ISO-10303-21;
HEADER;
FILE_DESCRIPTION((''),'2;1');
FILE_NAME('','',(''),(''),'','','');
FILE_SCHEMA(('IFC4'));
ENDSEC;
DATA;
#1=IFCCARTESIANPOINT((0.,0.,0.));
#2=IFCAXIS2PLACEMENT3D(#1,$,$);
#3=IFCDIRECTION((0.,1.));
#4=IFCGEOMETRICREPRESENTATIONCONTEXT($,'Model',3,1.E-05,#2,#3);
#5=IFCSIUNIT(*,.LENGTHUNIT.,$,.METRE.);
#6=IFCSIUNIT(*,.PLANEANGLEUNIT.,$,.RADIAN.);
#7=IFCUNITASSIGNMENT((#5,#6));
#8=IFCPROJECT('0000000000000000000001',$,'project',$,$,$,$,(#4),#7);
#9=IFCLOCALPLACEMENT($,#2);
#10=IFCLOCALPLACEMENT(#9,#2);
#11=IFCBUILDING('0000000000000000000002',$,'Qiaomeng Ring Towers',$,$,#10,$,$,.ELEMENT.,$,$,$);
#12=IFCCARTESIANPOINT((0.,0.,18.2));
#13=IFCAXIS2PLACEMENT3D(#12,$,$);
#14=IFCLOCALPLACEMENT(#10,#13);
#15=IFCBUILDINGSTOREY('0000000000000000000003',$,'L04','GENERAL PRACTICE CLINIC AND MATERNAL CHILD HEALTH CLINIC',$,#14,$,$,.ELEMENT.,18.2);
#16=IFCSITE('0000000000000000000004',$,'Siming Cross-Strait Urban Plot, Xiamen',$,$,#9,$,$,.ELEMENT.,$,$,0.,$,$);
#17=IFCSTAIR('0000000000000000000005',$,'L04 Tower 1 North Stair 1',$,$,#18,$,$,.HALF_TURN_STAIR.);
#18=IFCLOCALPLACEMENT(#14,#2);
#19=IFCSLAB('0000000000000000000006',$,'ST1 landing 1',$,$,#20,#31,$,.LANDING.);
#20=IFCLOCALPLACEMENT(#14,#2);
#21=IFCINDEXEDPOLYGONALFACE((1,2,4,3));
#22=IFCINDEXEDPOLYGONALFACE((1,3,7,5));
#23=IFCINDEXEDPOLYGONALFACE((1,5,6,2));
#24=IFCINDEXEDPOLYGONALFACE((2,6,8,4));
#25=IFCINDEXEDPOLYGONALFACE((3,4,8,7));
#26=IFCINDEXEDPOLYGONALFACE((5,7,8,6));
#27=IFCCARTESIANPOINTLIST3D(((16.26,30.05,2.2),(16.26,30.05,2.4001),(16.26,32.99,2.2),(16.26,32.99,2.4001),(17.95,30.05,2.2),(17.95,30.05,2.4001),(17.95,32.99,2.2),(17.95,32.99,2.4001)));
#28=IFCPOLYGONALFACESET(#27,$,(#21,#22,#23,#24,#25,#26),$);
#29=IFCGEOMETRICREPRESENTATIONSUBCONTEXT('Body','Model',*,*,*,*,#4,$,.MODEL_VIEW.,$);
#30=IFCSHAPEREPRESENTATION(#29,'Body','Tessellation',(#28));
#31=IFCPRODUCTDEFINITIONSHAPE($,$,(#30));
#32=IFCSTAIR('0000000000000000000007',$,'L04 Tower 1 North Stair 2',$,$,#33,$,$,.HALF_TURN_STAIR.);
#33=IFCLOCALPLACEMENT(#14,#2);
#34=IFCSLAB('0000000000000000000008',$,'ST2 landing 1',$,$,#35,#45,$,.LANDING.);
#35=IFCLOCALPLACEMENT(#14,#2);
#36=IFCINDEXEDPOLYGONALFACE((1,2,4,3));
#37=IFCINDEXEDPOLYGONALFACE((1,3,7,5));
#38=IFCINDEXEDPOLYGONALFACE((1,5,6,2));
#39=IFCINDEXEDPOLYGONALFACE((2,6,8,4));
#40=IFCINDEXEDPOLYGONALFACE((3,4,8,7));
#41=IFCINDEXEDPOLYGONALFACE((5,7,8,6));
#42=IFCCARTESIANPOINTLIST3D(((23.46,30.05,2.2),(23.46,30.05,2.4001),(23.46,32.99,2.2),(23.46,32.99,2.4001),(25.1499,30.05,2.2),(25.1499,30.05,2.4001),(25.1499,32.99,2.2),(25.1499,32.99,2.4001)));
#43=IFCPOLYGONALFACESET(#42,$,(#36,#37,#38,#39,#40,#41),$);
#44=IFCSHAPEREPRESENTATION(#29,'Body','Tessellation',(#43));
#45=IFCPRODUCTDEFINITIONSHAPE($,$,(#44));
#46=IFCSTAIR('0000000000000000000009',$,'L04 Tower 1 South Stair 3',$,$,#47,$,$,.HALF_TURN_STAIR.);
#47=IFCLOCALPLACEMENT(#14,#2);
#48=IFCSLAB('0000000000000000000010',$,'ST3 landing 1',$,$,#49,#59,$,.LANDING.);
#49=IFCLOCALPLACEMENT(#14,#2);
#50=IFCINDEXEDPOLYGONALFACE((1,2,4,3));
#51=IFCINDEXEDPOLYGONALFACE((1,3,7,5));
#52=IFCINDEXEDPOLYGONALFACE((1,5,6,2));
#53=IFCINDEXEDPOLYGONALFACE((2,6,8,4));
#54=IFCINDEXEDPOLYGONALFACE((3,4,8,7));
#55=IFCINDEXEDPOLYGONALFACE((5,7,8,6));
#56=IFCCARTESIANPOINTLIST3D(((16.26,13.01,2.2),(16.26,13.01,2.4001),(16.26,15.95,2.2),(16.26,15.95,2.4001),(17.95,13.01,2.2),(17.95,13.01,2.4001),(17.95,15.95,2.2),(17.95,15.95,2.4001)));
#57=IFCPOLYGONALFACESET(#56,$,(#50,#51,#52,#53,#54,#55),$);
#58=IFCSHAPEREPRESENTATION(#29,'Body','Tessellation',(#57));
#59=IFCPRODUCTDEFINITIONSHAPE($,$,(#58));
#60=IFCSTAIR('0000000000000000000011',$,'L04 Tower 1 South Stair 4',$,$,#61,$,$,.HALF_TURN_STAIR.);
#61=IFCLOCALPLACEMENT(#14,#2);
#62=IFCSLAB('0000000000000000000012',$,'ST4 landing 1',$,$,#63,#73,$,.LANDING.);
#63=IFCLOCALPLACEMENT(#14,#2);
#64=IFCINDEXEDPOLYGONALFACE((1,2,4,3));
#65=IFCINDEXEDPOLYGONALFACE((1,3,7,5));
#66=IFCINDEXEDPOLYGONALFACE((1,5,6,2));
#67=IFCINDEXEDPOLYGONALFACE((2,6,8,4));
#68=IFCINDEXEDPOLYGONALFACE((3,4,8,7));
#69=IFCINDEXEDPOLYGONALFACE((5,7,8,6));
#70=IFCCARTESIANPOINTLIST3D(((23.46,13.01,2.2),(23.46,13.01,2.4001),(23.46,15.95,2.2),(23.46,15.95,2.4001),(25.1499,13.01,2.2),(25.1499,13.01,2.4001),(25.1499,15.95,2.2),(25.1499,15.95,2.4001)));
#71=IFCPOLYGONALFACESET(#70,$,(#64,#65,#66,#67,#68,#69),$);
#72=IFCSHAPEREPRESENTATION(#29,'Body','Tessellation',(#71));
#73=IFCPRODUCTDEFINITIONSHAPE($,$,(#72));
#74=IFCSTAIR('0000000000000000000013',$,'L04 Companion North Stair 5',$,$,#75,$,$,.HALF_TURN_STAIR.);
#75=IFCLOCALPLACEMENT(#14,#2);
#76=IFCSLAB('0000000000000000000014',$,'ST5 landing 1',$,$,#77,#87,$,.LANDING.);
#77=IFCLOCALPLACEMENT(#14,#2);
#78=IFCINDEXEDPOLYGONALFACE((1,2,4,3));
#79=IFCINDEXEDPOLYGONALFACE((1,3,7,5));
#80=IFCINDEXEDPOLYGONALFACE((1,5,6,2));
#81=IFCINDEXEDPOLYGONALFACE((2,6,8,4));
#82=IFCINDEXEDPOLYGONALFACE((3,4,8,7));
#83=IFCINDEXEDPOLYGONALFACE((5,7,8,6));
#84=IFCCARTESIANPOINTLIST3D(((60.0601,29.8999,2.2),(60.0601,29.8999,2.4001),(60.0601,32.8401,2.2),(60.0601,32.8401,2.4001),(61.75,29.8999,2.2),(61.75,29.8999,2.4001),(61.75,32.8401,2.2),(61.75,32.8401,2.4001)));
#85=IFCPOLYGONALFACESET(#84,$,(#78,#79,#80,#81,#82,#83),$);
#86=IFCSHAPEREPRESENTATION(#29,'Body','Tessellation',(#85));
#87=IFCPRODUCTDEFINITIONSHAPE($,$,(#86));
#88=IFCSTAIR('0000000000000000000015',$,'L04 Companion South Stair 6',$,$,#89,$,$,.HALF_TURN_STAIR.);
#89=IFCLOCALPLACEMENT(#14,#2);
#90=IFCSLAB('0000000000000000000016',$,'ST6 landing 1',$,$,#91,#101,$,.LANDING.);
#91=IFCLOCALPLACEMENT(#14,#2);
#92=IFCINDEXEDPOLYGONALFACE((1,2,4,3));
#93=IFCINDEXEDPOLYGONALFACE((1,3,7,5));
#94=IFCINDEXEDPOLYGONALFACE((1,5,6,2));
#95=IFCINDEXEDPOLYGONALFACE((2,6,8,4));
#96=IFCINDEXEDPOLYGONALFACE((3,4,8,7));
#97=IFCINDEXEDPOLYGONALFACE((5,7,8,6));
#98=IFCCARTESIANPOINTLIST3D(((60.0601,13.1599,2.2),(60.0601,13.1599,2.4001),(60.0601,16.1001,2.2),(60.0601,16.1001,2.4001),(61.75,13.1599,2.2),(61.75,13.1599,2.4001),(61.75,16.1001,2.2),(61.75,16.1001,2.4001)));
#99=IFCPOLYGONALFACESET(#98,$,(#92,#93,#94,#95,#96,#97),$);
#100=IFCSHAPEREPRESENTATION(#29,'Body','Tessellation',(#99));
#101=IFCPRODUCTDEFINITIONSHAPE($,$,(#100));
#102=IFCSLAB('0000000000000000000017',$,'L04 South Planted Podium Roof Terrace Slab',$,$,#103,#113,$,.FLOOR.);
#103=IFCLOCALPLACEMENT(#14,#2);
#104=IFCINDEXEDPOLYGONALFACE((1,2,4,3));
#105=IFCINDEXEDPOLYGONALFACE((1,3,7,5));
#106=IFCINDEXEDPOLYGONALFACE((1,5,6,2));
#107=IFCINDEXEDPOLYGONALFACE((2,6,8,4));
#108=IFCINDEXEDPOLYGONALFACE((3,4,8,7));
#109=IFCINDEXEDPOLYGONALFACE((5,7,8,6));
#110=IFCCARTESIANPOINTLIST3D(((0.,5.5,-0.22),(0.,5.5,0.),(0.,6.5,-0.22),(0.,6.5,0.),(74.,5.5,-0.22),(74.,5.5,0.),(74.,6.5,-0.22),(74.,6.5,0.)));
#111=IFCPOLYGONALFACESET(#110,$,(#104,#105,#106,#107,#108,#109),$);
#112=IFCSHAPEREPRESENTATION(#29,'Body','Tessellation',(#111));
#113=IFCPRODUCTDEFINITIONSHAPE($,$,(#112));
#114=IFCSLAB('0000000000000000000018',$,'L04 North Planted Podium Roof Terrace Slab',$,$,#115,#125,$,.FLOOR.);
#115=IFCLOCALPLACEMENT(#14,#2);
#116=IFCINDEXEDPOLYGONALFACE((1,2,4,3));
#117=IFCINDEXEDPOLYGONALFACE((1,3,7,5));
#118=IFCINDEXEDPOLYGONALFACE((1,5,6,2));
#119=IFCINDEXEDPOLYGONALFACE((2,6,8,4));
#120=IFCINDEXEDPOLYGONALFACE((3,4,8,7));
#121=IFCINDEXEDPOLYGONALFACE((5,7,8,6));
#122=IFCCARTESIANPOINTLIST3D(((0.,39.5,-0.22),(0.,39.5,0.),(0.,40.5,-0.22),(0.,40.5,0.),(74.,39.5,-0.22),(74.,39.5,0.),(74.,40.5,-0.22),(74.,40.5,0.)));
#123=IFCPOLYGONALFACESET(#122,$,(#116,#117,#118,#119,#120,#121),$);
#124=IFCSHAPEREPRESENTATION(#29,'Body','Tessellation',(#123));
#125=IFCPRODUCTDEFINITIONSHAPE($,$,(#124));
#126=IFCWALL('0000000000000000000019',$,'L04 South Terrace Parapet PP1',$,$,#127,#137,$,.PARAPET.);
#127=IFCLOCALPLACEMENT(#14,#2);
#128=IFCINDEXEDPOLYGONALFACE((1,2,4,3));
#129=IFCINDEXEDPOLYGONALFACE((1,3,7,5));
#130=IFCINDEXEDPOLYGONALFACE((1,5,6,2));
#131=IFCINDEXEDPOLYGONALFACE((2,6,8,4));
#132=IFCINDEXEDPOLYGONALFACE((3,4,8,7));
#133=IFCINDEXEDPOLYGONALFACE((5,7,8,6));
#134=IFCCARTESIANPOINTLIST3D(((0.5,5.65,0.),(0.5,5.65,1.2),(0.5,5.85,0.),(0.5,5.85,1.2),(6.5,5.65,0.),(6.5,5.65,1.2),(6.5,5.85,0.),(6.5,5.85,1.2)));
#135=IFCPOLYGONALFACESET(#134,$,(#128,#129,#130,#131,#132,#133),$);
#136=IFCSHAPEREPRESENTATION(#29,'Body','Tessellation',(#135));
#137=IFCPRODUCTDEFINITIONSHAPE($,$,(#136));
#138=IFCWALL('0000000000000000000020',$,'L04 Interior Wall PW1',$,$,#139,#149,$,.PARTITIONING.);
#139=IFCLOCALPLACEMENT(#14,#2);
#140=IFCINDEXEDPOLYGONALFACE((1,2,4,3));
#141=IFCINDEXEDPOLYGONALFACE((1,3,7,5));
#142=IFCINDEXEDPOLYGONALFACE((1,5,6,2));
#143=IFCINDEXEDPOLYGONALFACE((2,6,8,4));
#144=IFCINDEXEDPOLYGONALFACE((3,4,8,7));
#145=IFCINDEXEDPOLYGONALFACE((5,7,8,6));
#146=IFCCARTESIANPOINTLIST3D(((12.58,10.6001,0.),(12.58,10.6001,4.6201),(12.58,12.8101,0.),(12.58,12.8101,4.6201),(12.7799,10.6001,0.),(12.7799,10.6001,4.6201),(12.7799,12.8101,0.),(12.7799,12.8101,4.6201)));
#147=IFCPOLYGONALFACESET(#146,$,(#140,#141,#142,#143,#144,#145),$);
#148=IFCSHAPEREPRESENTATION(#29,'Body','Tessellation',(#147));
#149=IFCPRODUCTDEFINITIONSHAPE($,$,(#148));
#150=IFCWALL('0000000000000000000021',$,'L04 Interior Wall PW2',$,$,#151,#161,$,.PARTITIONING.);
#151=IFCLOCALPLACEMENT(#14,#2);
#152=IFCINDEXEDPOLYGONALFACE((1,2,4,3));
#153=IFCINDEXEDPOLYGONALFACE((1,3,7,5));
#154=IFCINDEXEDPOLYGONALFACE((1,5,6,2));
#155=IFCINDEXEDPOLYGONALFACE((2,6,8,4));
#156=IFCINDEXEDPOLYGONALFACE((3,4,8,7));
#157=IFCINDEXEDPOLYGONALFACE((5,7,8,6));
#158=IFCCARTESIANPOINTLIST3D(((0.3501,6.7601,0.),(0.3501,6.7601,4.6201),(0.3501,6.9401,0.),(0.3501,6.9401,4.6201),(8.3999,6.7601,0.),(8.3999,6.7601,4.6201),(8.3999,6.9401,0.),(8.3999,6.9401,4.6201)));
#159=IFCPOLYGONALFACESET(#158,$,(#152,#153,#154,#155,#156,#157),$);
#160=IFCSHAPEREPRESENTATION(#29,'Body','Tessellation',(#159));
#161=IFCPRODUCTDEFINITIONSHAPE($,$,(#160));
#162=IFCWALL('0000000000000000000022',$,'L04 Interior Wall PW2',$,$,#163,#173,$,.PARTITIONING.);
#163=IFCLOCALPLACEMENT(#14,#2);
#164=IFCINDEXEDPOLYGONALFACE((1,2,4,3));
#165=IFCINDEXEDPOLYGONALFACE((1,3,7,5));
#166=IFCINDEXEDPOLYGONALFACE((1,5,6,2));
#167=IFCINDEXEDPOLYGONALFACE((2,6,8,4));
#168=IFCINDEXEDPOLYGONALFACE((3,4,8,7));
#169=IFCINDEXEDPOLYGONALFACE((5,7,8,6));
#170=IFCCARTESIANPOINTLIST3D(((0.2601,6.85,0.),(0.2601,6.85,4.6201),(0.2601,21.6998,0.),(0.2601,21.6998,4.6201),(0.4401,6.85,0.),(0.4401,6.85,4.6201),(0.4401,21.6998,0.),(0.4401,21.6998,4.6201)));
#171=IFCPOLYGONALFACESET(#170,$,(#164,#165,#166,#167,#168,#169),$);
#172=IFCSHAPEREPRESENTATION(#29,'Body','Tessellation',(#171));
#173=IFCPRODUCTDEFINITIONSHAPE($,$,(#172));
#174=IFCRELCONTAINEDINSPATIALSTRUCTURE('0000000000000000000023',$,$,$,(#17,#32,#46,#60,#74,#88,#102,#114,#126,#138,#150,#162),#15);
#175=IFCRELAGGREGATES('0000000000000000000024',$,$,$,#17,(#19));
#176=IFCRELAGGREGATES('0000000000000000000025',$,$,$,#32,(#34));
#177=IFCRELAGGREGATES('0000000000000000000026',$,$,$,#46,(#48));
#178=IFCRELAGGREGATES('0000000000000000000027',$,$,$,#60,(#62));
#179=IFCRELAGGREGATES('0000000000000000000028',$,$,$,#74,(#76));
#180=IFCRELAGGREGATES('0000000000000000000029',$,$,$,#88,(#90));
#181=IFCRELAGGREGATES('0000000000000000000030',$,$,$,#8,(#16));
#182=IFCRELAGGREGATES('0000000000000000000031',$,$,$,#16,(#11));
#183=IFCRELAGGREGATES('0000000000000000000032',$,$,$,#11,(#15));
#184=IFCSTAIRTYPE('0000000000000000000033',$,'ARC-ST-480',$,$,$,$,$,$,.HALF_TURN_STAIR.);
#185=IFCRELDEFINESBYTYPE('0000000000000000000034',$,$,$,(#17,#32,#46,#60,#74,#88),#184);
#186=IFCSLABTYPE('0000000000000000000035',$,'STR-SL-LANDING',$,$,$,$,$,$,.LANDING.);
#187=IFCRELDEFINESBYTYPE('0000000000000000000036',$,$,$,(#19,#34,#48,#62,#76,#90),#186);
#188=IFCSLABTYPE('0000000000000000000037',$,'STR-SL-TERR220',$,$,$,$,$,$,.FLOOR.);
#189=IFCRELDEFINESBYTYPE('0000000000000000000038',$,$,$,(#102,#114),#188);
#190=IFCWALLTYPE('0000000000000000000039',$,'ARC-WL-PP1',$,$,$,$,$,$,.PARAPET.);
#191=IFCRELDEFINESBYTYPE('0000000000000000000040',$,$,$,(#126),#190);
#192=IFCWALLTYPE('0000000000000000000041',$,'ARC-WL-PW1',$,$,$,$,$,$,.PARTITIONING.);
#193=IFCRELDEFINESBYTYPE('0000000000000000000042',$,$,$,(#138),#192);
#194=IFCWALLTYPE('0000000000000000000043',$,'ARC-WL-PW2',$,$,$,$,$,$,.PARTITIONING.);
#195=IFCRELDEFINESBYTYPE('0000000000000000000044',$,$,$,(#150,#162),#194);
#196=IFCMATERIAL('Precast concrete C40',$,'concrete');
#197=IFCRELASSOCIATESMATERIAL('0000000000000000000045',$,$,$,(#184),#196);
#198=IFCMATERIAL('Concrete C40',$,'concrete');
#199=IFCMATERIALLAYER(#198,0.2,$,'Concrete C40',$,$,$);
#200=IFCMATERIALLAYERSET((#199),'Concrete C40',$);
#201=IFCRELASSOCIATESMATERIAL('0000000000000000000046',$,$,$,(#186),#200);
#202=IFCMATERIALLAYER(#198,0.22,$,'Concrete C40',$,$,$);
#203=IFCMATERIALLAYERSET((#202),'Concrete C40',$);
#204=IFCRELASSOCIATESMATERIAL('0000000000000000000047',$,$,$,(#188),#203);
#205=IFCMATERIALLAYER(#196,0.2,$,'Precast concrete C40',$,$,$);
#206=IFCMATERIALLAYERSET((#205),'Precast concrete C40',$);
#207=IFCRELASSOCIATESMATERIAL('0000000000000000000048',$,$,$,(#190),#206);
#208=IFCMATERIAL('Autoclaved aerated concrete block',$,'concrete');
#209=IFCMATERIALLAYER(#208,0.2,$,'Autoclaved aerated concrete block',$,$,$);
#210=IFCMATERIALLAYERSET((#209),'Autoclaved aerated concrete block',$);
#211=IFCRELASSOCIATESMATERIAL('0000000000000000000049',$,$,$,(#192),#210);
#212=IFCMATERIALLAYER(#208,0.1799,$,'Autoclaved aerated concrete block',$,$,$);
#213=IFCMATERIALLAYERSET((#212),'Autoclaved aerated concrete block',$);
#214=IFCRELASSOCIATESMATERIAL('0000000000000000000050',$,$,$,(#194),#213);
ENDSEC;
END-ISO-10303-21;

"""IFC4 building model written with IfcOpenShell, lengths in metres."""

from ifc_helpers import new_model, si_unit, direction, frame, frame_2d, origin, place, context, subcontext, project, spatial, polyline, rectangle, outline, extrude, material, layer, layer_set, type_object, element, aggregate, save


model = new_model("IFC4")

# Units and contexts
model_context = context("Model", 3, precision=1e-05, world=origin(), true_north=direction((0.0, 1.0)))
body_context = subcontext(model_context, "Body", "Model", "MODEL_VIEW")
ifc_project = project(units=[si_unit("LENGTHUNIT", "METRE"), si_unit("PLANEANGLEUNIT", "RADIAN")], contexts=[model_context])

# Site, building, storey
site_placement = place(None, origin())
site = spatial("IfcSite", under=ifc_project, at=site_placement, Name="Siming Cross-Strait Urban Plot, Xiamen", CompositionType="ELEMENT", RefElevation=0.0)
building_placement = place(site_placement, origin())
building = spatial("IfcBuilding", under=site, at=building_placement, Name="Qiaomeng Ring Towers", CompositionType="ELEMENT")
storey_placement = place(building_placement, frame((0.0, 0.0, 18.2)))
storey = spatial("IfcBuildingStorey", under=building, at=storey_placement, Name="L04", Description="GENERAL PRACTICE CLINIC AND MATERNAL CHILD HEALTH CLINIC", CompositionType="ELEMENT", Elevation=18.2)

# Shared definitions
ifc_material_1 = material(Name="Concrete C40", Category="concrete")

# Stairs, slabs
ifc_material_2 = material(Name="Precast concrete C40", Category="concrete")
stair_type = type_object("IfcStairType", Name="ARC-ST-480", PredefinedType="HALF_TURN_STAIR", material=ifc_material_2)
stair_1_placement = place(storey_placement, origin())
stair_1 = element("IfcStair", 1, at=stair_1_placement, inside=storey, type_object=stair_type, Name="L04 Tower 1 North Stair 1", PredefinedType="HALF_TURN_STAIR")
ifc_layer_1 = layer(ifc_material_1, 0.2, Name="Concrete C40")
ifc_layer_set_1 = layer_set([ifc_layer_1], Name="Concrete C40")
slab_type_1 = type_object("IfcSlabType", Name="STR-SL-LANDING", PredefinedType="LANDING", material=ifc_layer_set_1)
slab_1_placement = place(storey_placement, frame((0.0, 0.0, 2.2)))
slab_1 = element("IfcSlab", 2, at=slab_1_placement, type_object=slab_type_1, Name="ST1 landing 1", PredefinedType="LANDING", context=body_context, shape_type="SweptSolid", body=[
    extrude(outline(polyline([(16.26, 30.05), (17.95, 30.05), (17.95, 32.99), (16.26, 32.99), (16.26, 30.05)])), origin(), (0.0, 0.0, 1.0), 0.2002),
])
aggregate(stair_1, [slab_1])
stair_2_placement = place(storey_placement, origin())
stair_2 = element("IfcStair", 3, at=stair_2_placement, inside=storey, type_object=stair_type, Name="L04 Tower 1 North Stair 2", PredefinedType="HALF_TURN_STAIR")
slab_2_placement = place(storey_placement, frame((0.0, 0.0, 2.2)))
slab_2 = element("IfcSlab", 4, at=slab_2_placement, type_object=slab_type_1, Name="ST2 landing 1", PredefinedType="LANDING", context=body_context, shape_type="SweptSolid", body=[
    extrude(outline(polyline([(23.46, 30.05), (25.1499, 30.05), (25.1499, 32.99), (23.46, 32.99), (23.46, 30.05)])), origin(), (0.0, 0.0, 1.0), 0.2002),
])
aggregate(stair_2, [slab_2])
stair_3_placement = place(storey_placement, origin())
stair_3 = element("IfcStair", 5, at=stair_3_placement, inside=storey, type_object=stair_type, Name="L04 Tower 1 South Stair 3", PredefinedType="HALF_TURN_STAIR")
slab_3_placement = place(storey_placement, frame((0.0, 0.0, 2.2)))
slab_3 = element("IfcSlab", 6, at=slab_3_placement, type_object=slab_type_1, Name="ST3 landing 1", PredefinedType="LANDING", context=body_context, shape_type="SweptSolid", body=[
    extrude(outline(polyline([(16.26, 13.01), (17.95, 13.01), (17.95, 15.95), (16.26, 15.95), (16.26, 13.01)])), origin(), (0.0, 0.0, 1.0), 0.2002),
])
aggregate(stair_3, [slab_3])
stair_4_placement = place(storey_placement, origin())
stair_4 = element("IfcStair", 7, at=stair_4_placement, inside=storey, type_object=stair_type, Name="L04 Tower 1 South Stair 4", PredefinedType="HALF_TURN_STAIR")
slab_4_placement = place(storey_placement, frame((0.0, 0.0, 2.2)))
slab_4 = element("IfcSlab", 8, at=slab_4_placement, type_object=slab_type_1, Name="ST4 landing 1", PredefinedType="LANDING", context=body_context, shape_type="SweptSolid", body=[
    extrude(outline(polyline([(23.46, 13.01), (25.1499, 13.01), (25.1499, 15.95), (23.46, 15.95), (23.46, 13.01)])), origin(), (0.0, 0.0, 1.0), 0.2002),
])
aggregate(stair_4, [slab_4])
stair_5_placement = place(storey_placement, origin())
stair_5 = element("IfcStair", 9, at=stair_5_placement, inside=storey, type_object=stair_type, Name="L04 Companion North Stair 5", PredefinedType="HALF_TURN_STAIR")
slab_5_placement = place(storey_placement, frame((0.0, 0.0, 2.2)))
slab_5 = element("IfcSlab", 10, at=slab_5_placement, type_object=slab_type_1, Name="ST5 landing 1", PredefinedType="LANDING", context=body_context, shape_type="SweptSolid", body=[
    extrude(outline(polyline([(60.0601, 29.8999), (61.75, 29.8999), (61.75, 32.8401), (60.0601, 32.8401), (60.0601, 29.8999)])), origin(), (0.0, 0.0, 1.0), 0.2002),
])
aggregate(stair_5, [slab_5])
stair_6_placement = place(storey_placement, origin())
stair_6 = element("IfcStair", 11, at=stair_6_placement, inside=storey, type_object=stair_type, Name="L04 Companion South Stair 6", PredefinedType="HALF_TURN_STAIR")
slab_6_placement = place(storey_placement, frame((0.0, 0.0, 2.2)))
slab_6 = element("IfcSlab", 12, at=slab_6_placement, type_object=slab_type_1, Name="ST6 landing 1", PredefinedType="LANDING", context=body_context, shape_type="SweptSolid", body=[
    extrude(outline(polyline([(60.0601, 13.1599), (61.75, 13.1599), (61.75, 16.1001), (60.0601, 16.1001), (60.0601, 13.1599)])), origin(), (0.0, 0.0, 1.0), 0.2002),
])
aggregate(stair_6, [slab_6])

# Slabs
ifc_layer_2 = layer(ifc_material_1, 0.22, Name="Concrete C40")
ifc_layer_set_2 = layer_set([ifc_layer_2], Name="Concrete C40")
slab_type_2 = type_object("IfcSlabType", Name="STR-SL-TERR220", PredefinedType="FLOOR", material=ifc_layer_set_2)
slab_7_placement = place(storey_placement, frame((0.0, 0.0, -0.22)))
element("IfcSlab", 13, at=slab_7_placement, inside=storey, type_object=slab_type_2, Name="L04 South Planted Podium Roof Terrace Slab", PredefinedType="FLOOR", context=body_context, shape_type="SweptSolid", body=[
    extrude(outline(polyline([(0.0, 5.5), (74.0, 5.5), (74.0, 6.5), (0.0, 6.5), (0.0, 5.5)])), origin(), (0.0, 0.0, 1.0), 0.22),
])
slab_8_placement = place(storey_placement, frame((0.0, 0.0, -0.22)))
element("IfcSlab", 14, at=slab_8_placement, inside=storey, type_object=slab_type_2, Name="L04 North Planted Podium Roof Terrace Slab", PredefinedType="FLOOR", context=body_context, shape_type="SweptSolid", body=[
    extrude(outline(polyline([(0.0, 39.5), (74.0, 39.5), (74.0, 40.5), (0.0, 40.5), (0.0, 39.5)])), origin(), (0.0, 0.0, 1.0), 0.22),
])

# Walls
ifc_layer_3 = layer(ifc_material_2, 0.2, Name="Precast concrete C40")
ifc_layer_set_3 = layer_set([ifc_layer_3], Name="Precast concrete C40")
wall_type_1 = type_object("IfcWallType", Name="ARC-WL-PP1", PredefinedType="PARAPET", material=ifc_layer_set_3)
wall_1_placement = place(storey_placement, frame((0.5, 5.75, 0.0), z_axis=(0.0, 0.0, 1.0), x_axis=(1.0, 0.0, 0.0)))
element("IfcWall", 15, at=wall_1_placement, inside=storey, type_object=wall_type_1, Name="L04 South Terrace Parapet PP1", PredefinedType="PARAPET", context=body_context, shape_type="SweptSolid", body=[
    extrude(rectangle(XDim=6.0, YDim=0.2, at=frame_2d((3.0, 0.0))), origin(), (0.0, 0.0, 1.0), 1.2),
])
ifc_material_3 = material(Name="Autoclaved aerated concrete block", Category="concrete")
ifc_layer_4 = layer(ifc_material_3, 0.2, Name="Autoclaved aerated concrete block")
ifc_layer_set_4 = layer_set([ifc_layer_4], Name="Autoclaved aerated concrete block")
wall_type_2 = type_object("IfcWallType", Name="ARC-WL-PW1", PredefinedType="PARTITIONING", material=ifc_layer_set_4)
wall_2_placement = place(storey_placement, frame((12.6799, 10.6001, 0.0), z_axis=(0.0, 0.0, 1.0), x_axis=(0.0, 1.0, 0.0)))
element("IfcWall", 16, at=wall_2_placement, inside=storey, type_object=wall_type_2, Name="L04 Interior Wall PW1", PredefinedType="PARTITIONING", context=body_context, shape_type="SweptSolid", body=[
    extrude(rectangle(XDim=2.21, YDim=0.2, at=frame_2d((1.105, 0.0))), origin(), (0.0, 0.0, 1.0), 4.6201),
])
ifc_layer_5 = layer(ifc_material_3, 0.1799, Name="Autoclaved aerated concrete block")
ifc_layer_set_5 = layer_set([ifc_layer_5], Name="Autoclaved aerated concrete block")
wall_type_3 = type_object("IfcWallType", Name="ARC-WL-PW2", PredefinedType="PARTITIONING", material=ifc_layer_set_5)
wall_3_placement = place(storey_placement, frame((0.3501, 6.8501, 0.0), z_axis=(0.0, 0.0, 1.0), x_axis=(1.0, 0.0, 0.0)))
element("IfcWall", 17, at=wall_3_placement, inside=storey, type_object=wall_type_3, Name="L04 Interior Wall PW2", PredefinedType="PARTITIONING", context=body_context, shape_type="SweptSolid", body=[
    extrude(rectangle(XDim=8.0498, YDim=0.1799, at=frame_2d((4.0249, 0.0))), origin(), (0.0, 0.0, 1.0), 4.6201),
])
wall_4_placement = place(storey_placement, frame((0.3501, 6.8501, 0.0), z_axis=(0.0, 0.0, 1.0), x_axis=(0.0, 1.0, 0.0)))
element("IfcWall", 18, at=wall_4_placement, inside=storey, type_object=wall_type_3, Name="L04 Interior Wall PW2", PredefinedType="PARTITIONING", context=body_context, shape_type="SweptSolid", body=[
    extrude(rectangle(XDim=14.8499, YDim=0.1799, at=frame_2d((7.4248, 0.0))), origin(), (0.0, 0.0, 1.0), 4.6201),
])

save(model, "model.ifc")
